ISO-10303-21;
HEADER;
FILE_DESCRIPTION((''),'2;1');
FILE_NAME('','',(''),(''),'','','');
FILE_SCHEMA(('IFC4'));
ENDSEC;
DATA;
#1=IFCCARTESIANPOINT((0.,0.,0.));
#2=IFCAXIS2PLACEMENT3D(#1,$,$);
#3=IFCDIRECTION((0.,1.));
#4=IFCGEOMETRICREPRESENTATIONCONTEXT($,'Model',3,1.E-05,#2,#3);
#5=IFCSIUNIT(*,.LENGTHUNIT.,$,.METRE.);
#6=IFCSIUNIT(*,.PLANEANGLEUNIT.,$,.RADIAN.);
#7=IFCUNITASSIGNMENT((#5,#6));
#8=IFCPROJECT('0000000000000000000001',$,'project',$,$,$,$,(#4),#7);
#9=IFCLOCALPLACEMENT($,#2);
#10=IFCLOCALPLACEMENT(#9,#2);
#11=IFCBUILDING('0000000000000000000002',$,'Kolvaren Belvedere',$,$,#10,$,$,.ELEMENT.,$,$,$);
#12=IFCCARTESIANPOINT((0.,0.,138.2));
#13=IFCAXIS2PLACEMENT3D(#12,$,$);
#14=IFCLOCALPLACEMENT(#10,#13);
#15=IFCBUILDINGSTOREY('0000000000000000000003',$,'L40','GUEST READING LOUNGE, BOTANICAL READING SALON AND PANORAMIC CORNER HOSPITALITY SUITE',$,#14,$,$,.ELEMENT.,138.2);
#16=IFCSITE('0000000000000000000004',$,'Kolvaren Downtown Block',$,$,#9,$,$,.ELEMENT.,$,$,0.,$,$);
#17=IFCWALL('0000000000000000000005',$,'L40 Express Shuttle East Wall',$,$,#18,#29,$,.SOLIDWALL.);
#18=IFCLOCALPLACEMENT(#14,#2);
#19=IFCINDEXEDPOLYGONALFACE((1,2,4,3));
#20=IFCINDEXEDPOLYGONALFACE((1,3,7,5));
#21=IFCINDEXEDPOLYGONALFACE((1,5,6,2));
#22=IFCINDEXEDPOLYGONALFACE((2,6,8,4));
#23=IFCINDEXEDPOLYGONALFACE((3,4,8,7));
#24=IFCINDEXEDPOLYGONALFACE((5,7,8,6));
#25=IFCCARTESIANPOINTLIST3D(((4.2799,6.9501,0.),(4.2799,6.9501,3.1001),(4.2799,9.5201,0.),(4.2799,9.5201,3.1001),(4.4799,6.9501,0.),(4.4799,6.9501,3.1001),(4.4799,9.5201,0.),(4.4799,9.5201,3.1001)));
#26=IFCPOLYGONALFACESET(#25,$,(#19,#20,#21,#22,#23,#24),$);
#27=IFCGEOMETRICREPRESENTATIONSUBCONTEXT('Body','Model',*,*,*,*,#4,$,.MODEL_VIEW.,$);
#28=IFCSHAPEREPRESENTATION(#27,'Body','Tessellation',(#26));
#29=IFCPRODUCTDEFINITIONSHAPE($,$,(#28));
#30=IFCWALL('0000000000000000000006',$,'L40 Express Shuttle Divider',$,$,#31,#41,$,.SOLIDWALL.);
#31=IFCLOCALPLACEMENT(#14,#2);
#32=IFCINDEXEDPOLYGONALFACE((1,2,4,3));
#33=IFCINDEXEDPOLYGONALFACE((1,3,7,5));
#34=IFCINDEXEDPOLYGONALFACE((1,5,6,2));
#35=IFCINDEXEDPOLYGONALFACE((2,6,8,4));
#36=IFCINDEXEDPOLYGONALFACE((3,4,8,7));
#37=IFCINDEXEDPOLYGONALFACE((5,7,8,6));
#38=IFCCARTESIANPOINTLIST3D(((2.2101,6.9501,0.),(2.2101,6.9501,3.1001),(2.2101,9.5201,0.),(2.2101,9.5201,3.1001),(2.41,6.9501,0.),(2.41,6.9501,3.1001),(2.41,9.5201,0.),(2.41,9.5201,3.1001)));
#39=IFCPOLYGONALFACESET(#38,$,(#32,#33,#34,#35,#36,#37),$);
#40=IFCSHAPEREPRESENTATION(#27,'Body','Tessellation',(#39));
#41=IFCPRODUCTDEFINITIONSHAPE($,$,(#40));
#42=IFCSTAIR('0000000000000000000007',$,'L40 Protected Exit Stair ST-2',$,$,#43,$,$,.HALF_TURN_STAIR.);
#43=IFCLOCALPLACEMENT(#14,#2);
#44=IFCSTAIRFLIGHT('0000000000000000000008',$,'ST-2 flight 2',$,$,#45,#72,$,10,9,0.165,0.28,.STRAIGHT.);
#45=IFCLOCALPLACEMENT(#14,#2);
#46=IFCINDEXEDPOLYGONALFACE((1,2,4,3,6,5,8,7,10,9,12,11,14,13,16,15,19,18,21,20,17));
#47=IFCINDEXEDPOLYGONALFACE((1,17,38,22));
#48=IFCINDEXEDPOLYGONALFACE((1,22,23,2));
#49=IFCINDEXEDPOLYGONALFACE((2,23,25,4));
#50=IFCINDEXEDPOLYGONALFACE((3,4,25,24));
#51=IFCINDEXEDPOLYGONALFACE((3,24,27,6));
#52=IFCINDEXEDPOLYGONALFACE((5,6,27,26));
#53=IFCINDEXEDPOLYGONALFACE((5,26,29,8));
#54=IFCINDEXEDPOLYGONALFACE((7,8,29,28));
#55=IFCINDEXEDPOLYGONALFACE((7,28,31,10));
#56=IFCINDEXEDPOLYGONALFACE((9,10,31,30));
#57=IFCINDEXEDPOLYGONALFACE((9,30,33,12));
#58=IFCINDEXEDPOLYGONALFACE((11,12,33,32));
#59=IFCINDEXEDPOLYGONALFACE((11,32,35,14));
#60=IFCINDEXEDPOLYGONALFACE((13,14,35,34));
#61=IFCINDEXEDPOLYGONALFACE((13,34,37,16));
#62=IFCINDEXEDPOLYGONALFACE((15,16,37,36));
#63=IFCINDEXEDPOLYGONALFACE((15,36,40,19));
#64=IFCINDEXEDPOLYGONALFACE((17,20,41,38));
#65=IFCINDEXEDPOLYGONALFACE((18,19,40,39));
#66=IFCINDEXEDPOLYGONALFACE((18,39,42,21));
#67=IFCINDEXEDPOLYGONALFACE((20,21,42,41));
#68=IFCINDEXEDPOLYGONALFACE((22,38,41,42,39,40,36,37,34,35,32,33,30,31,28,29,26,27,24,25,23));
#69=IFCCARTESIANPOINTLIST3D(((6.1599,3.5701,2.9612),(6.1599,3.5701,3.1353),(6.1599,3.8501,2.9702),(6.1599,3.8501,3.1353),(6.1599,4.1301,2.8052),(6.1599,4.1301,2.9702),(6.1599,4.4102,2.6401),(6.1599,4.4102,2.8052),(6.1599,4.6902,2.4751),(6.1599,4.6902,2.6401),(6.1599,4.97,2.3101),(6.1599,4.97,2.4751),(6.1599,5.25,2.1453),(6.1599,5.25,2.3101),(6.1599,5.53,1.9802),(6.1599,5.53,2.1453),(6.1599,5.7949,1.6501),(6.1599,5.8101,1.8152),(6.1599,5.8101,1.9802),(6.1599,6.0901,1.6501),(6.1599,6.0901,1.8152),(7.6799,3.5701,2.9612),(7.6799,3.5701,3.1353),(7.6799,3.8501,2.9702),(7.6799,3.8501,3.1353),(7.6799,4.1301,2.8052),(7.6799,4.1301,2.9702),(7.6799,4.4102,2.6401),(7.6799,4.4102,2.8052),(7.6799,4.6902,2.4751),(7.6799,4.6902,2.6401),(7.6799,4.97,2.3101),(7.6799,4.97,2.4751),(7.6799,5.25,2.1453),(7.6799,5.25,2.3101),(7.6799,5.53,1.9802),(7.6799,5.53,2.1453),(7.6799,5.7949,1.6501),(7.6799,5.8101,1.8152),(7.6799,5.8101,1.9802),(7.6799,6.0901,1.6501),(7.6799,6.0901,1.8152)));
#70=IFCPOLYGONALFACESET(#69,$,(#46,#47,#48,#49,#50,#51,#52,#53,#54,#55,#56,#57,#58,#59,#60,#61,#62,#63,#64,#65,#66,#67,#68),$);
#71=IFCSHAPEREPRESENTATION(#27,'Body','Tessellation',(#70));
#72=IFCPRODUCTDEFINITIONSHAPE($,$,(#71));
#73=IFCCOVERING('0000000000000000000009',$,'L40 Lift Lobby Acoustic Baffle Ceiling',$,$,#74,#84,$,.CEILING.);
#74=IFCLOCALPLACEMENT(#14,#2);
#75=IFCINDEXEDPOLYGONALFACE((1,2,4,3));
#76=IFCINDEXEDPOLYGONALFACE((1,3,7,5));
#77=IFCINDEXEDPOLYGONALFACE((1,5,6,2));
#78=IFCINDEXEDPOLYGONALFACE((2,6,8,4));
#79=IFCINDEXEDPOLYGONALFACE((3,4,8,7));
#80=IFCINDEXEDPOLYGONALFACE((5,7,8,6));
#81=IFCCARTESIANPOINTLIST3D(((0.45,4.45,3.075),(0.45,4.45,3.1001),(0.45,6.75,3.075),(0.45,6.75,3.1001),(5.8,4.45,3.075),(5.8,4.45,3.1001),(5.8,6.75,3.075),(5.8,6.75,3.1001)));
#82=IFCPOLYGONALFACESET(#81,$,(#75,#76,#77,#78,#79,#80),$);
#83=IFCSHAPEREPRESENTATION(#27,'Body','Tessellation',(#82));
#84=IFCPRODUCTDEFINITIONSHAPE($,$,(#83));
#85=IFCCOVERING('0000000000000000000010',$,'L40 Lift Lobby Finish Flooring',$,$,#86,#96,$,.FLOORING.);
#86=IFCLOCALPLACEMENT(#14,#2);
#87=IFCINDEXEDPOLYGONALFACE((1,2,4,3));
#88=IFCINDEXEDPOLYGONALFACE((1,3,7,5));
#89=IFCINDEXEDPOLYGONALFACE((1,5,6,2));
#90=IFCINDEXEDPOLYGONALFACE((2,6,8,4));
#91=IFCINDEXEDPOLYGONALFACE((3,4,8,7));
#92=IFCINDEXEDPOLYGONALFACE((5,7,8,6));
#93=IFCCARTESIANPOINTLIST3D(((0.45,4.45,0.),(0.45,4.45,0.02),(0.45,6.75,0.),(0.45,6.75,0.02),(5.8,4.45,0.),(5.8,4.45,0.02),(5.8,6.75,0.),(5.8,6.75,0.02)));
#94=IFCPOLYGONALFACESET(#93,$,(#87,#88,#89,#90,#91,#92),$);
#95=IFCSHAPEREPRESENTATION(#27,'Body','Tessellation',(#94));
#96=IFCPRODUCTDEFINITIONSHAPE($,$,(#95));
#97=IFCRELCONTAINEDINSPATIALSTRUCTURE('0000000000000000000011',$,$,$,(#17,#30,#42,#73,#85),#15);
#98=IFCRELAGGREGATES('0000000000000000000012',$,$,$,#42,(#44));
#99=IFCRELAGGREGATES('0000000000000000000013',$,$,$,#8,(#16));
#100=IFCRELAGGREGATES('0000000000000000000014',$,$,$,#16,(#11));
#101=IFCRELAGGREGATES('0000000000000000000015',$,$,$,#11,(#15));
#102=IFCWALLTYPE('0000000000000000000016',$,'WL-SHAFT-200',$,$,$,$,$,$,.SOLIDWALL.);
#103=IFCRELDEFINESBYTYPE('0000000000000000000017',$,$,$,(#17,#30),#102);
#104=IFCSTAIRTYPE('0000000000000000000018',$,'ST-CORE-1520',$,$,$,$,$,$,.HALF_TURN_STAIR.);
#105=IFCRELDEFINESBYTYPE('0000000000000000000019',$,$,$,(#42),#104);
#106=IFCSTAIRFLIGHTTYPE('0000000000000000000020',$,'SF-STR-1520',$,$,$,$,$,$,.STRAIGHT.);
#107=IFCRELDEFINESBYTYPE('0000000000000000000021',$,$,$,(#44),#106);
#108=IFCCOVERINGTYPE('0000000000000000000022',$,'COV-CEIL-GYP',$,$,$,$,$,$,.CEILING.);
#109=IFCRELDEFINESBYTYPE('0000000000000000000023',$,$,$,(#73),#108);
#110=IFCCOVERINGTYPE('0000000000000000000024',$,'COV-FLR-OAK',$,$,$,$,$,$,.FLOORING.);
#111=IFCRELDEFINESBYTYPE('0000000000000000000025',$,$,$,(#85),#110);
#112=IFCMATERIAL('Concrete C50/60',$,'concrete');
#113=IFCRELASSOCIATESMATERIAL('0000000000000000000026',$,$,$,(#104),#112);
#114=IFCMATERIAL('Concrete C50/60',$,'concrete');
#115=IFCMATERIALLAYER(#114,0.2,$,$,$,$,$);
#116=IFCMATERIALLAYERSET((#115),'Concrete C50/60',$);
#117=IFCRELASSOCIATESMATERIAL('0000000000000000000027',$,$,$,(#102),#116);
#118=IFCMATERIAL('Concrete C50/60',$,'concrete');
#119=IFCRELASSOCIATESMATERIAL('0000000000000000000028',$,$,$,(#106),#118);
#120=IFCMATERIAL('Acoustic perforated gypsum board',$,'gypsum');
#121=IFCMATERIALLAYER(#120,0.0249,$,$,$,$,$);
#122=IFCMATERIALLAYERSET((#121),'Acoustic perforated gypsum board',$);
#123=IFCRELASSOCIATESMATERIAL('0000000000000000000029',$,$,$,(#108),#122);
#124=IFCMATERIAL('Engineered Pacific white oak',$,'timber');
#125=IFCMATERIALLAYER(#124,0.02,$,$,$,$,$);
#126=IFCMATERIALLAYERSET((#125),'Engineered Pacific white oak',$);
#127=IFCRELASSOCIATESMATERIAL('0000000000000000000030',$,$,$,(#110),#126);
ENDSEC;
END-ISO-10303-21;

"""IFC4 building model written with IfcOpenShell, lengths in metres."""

from ifc_helpers import new_model, si_unit, direction, frame, frame_2d, origin, place, context, subcontext, project, spatial, polyline, rectangle, outline, extrude, material, layer, layer_set, type_object, element, aggregate, save


model = new_model("IFC4")

# Units and contexts
model_context = context("Model", 3, precision=1e-05, world=origin(), true_north=direction((0.0, 1.0)))
body_context = subcontext(model_context, "Body", "Model", "MODEL_VIEW")
ifc_project = project(units=[si_unit("LENGTHUNIT", "METRE"), si_unit("PLANEANGLEUNIT", "RADIAN")], contexts=[model_context])

# Site, building, storey
site_placement = place(None, origin())
site = spatial("IfcSite", under=ifc_project, at=site_placement, Name="Kolvaren Downtown Block", CompositionType="ELEMENT", RefElevation=0.0)
building_placement = place(site_placement, origin())
building = spatial("IfcBuilding", under=site, at=building_placement, Name="Kolvaren Belvedere", CompositionType="ELEMENT")
storey_placement = place(building_placement, frame((0.0, 0.0, 138.2)))
storey = spatial("IfcBuildingStorey", under=building, at=storey_placement, Name="L40", Description="GUEST READING LOUNGE, BOTANICAL READING SALON AND PANORAMIC CORNER HOSPITALITY SUITE", CompositionType="ELEMENT", Elevation=138.2)

# Shared definitions
ifc_material_1 = material(Name="Concrete C50/60", Category="concrete")
stair_type = type_object("IfcStairType", Name="ST-CORE-1520", PredefinedType="HALF_TURN_STAIR", material=ifc_material_1)

# Shared definitions
ifc_material_2 = material(Name="Concrete C50/60", Category="concrete")
ifc_layer_1 = layer(ifc_material_2, 0.2)
ifc_layer_set_1 = layer_set([ifc_layer_1], Name="Concrete C50/60")
wall_type_1 = type_object("IfcWallType", Name="WL-SHAFT-200", PredefinedType="SOLIDWALL", material=ifc_layer_set_1)

# Walls
for number, where, z_axis, x_axis, name in (
    (1, (4.3799, 6.95, 0.0), (0.0, 0.0, 1.0), (0.0, 1.0, 0.0), "L40 Express Shuttle East Wall"),
    (2, (2.3101, 6.95, 0.0), (0.0, 0.0, 1.0), (0.0, 1.0, 0.0), "L40 Express Shuttle Divider"),
):
    element("IfcWall", number, at=place(storey_placement, frame(where, z_axis=z_axis, x_axis=x_axis)), inside=storey, type_object=wall_type_1, Name=name, PredefinedType="SOLIDWALL", context=body_context, shape_type="SweptSolid", body=[
        extrude(rectangle(XDim=2.5701, YDim=0.2, at=frame_2d((1.2852, 0.0))), origin(), (0.0, 0.0, 1.0), 3.1001),
    ])

# Stair, stair flight
stair_1_placement = place(storey_placement, origin())
stair_1 = element("IfcStair", 3, at=stair_1_placement, inside=storey, type_object=stair_type, Name="L40 Protected Exit Stair ST-2", PredefinedType="HALF_TURN_STAIR")
ifc_material_3 = material(Name="Concrete C50/60", Category="concrete")
stair_flight_type = type_object("IfcStairFlightType", Name="SF-STR-1520", PredefinedType="STRAIGHT", material=ifc_material_3)
stair_flight_placement = place(storey_placement, frame((6.9199, 6.0901, 1.6501), z_axis=(0.0, 0.0, 1.0), x_axis=(0.0, -1.0, 0.0)))
stair_flight = element("IfcStairFlight", 4, at=stair_flight_placement, type_object=stair_flight_type, Name="ST-2 flight 2", NumberOfRisers=10, NumberOfTreads=9, PredefinedType="STRAIGHT", RiserHeight=0.165, TreadLength=0.28, context=body_context, shape_type="SweptSolid", body=[
    extrude(outline(polyline([(0.0, 0.0), (0.0, 0.165), (0.28, 0.165), (0.28, 0.3301), (0.5601, 0.3301), (0.5601, 0.4951), (0.8401, 0.4951), (0.8401, 0.6599), (1.1201, 0.6599), (1.1201, 0.825), (1.3999, 0.825), (1.3999, 0.99), (1.6799, 0.99), (1.6799, 1.155), (1.96, 1.155), (1.96, 1.3201), (2.24, 1.3201), (2.24, 1.4851), (2.52, 1.4851), (2.52, 1.6499), (2.52, 1.311), (0.2952, 0.0), (0.0, 0.0)])), frame((0.0, 0.76, 0.0), z_axis=(0.0, -1.0, 0.0), x_axis=(1.0, 0.0, 0.0)), (0.0, 0.0, 1.0), 1.52),
])
aggregate(stair_1, [stair_flight])

# Coverings
ifc_material_4 = material(Name="Acoustic perforated gypsum board", Category="gypsum")
ifc_layer_2 = layer(ifc_material_4, 0.0249)
ifc_layer_set_2 = layer_set([ifc_layer_2], Name="Acoustic perforated gypsum board")
covering_type_1 = type_object("IfcCoveringType", Name="COV-CEIL-GYP", PredefinedType="CEILING", material=ifc_layer_set_2)
covering_1_placement = place(storey_placement, frame((0.0, 0.0, 3.075)))
element("IfcCovering", 5, at=covering_1_placement, inside=storey, type_object=covering_type_1, Name="L40 Lift Lobby Acoustic Baffle Ceiling", PredefinedType="CEILING", context=body_context, shape_type="SweptSolid", body=[
    extrude(outline(polyline([(0.45, 4.45), (5.8, 4.45), (5.8, 6.75), (0.45, 6.75), (0.45, 4.45)])), origin(), (0.0, 0.0, 1.0), 0.0251),
])
ifc_material_5 = material(Name="Engineered Pacific white oak", Category="timber")
ifc_layer_3 = layer(ifc_material_5, 0.02)
ifc_layer_set_3 = layer_set([ifc_layer_3], Name="Engineered Pacific white oak")
covering_type_2 = type_object("IfcCoveringType", Name="COV-FLR-OAK", PredefinedType="FLOORING", material=ifc_layer_set_3)
covering_2_placement = place(storey_placement, origin())
element("IfcCovering", 6, at=covering_2_placement, inside=storey, type_object=covering_type_2, Name="L40 Lift Lobby Finish Flooring", PredefinedType="FLOORING", context=body_context, shape_type="SweptSolid", body=[
    extrude(outline(polyline([(0.45, 4.45), (5.8, 4.45), (5.8, 6.75), (0.45, 6.75), (0.45, 4.45)])), origin(), (0.0, 0.0, 1.0), 0.02),
])

save(model, "model.ifc")
